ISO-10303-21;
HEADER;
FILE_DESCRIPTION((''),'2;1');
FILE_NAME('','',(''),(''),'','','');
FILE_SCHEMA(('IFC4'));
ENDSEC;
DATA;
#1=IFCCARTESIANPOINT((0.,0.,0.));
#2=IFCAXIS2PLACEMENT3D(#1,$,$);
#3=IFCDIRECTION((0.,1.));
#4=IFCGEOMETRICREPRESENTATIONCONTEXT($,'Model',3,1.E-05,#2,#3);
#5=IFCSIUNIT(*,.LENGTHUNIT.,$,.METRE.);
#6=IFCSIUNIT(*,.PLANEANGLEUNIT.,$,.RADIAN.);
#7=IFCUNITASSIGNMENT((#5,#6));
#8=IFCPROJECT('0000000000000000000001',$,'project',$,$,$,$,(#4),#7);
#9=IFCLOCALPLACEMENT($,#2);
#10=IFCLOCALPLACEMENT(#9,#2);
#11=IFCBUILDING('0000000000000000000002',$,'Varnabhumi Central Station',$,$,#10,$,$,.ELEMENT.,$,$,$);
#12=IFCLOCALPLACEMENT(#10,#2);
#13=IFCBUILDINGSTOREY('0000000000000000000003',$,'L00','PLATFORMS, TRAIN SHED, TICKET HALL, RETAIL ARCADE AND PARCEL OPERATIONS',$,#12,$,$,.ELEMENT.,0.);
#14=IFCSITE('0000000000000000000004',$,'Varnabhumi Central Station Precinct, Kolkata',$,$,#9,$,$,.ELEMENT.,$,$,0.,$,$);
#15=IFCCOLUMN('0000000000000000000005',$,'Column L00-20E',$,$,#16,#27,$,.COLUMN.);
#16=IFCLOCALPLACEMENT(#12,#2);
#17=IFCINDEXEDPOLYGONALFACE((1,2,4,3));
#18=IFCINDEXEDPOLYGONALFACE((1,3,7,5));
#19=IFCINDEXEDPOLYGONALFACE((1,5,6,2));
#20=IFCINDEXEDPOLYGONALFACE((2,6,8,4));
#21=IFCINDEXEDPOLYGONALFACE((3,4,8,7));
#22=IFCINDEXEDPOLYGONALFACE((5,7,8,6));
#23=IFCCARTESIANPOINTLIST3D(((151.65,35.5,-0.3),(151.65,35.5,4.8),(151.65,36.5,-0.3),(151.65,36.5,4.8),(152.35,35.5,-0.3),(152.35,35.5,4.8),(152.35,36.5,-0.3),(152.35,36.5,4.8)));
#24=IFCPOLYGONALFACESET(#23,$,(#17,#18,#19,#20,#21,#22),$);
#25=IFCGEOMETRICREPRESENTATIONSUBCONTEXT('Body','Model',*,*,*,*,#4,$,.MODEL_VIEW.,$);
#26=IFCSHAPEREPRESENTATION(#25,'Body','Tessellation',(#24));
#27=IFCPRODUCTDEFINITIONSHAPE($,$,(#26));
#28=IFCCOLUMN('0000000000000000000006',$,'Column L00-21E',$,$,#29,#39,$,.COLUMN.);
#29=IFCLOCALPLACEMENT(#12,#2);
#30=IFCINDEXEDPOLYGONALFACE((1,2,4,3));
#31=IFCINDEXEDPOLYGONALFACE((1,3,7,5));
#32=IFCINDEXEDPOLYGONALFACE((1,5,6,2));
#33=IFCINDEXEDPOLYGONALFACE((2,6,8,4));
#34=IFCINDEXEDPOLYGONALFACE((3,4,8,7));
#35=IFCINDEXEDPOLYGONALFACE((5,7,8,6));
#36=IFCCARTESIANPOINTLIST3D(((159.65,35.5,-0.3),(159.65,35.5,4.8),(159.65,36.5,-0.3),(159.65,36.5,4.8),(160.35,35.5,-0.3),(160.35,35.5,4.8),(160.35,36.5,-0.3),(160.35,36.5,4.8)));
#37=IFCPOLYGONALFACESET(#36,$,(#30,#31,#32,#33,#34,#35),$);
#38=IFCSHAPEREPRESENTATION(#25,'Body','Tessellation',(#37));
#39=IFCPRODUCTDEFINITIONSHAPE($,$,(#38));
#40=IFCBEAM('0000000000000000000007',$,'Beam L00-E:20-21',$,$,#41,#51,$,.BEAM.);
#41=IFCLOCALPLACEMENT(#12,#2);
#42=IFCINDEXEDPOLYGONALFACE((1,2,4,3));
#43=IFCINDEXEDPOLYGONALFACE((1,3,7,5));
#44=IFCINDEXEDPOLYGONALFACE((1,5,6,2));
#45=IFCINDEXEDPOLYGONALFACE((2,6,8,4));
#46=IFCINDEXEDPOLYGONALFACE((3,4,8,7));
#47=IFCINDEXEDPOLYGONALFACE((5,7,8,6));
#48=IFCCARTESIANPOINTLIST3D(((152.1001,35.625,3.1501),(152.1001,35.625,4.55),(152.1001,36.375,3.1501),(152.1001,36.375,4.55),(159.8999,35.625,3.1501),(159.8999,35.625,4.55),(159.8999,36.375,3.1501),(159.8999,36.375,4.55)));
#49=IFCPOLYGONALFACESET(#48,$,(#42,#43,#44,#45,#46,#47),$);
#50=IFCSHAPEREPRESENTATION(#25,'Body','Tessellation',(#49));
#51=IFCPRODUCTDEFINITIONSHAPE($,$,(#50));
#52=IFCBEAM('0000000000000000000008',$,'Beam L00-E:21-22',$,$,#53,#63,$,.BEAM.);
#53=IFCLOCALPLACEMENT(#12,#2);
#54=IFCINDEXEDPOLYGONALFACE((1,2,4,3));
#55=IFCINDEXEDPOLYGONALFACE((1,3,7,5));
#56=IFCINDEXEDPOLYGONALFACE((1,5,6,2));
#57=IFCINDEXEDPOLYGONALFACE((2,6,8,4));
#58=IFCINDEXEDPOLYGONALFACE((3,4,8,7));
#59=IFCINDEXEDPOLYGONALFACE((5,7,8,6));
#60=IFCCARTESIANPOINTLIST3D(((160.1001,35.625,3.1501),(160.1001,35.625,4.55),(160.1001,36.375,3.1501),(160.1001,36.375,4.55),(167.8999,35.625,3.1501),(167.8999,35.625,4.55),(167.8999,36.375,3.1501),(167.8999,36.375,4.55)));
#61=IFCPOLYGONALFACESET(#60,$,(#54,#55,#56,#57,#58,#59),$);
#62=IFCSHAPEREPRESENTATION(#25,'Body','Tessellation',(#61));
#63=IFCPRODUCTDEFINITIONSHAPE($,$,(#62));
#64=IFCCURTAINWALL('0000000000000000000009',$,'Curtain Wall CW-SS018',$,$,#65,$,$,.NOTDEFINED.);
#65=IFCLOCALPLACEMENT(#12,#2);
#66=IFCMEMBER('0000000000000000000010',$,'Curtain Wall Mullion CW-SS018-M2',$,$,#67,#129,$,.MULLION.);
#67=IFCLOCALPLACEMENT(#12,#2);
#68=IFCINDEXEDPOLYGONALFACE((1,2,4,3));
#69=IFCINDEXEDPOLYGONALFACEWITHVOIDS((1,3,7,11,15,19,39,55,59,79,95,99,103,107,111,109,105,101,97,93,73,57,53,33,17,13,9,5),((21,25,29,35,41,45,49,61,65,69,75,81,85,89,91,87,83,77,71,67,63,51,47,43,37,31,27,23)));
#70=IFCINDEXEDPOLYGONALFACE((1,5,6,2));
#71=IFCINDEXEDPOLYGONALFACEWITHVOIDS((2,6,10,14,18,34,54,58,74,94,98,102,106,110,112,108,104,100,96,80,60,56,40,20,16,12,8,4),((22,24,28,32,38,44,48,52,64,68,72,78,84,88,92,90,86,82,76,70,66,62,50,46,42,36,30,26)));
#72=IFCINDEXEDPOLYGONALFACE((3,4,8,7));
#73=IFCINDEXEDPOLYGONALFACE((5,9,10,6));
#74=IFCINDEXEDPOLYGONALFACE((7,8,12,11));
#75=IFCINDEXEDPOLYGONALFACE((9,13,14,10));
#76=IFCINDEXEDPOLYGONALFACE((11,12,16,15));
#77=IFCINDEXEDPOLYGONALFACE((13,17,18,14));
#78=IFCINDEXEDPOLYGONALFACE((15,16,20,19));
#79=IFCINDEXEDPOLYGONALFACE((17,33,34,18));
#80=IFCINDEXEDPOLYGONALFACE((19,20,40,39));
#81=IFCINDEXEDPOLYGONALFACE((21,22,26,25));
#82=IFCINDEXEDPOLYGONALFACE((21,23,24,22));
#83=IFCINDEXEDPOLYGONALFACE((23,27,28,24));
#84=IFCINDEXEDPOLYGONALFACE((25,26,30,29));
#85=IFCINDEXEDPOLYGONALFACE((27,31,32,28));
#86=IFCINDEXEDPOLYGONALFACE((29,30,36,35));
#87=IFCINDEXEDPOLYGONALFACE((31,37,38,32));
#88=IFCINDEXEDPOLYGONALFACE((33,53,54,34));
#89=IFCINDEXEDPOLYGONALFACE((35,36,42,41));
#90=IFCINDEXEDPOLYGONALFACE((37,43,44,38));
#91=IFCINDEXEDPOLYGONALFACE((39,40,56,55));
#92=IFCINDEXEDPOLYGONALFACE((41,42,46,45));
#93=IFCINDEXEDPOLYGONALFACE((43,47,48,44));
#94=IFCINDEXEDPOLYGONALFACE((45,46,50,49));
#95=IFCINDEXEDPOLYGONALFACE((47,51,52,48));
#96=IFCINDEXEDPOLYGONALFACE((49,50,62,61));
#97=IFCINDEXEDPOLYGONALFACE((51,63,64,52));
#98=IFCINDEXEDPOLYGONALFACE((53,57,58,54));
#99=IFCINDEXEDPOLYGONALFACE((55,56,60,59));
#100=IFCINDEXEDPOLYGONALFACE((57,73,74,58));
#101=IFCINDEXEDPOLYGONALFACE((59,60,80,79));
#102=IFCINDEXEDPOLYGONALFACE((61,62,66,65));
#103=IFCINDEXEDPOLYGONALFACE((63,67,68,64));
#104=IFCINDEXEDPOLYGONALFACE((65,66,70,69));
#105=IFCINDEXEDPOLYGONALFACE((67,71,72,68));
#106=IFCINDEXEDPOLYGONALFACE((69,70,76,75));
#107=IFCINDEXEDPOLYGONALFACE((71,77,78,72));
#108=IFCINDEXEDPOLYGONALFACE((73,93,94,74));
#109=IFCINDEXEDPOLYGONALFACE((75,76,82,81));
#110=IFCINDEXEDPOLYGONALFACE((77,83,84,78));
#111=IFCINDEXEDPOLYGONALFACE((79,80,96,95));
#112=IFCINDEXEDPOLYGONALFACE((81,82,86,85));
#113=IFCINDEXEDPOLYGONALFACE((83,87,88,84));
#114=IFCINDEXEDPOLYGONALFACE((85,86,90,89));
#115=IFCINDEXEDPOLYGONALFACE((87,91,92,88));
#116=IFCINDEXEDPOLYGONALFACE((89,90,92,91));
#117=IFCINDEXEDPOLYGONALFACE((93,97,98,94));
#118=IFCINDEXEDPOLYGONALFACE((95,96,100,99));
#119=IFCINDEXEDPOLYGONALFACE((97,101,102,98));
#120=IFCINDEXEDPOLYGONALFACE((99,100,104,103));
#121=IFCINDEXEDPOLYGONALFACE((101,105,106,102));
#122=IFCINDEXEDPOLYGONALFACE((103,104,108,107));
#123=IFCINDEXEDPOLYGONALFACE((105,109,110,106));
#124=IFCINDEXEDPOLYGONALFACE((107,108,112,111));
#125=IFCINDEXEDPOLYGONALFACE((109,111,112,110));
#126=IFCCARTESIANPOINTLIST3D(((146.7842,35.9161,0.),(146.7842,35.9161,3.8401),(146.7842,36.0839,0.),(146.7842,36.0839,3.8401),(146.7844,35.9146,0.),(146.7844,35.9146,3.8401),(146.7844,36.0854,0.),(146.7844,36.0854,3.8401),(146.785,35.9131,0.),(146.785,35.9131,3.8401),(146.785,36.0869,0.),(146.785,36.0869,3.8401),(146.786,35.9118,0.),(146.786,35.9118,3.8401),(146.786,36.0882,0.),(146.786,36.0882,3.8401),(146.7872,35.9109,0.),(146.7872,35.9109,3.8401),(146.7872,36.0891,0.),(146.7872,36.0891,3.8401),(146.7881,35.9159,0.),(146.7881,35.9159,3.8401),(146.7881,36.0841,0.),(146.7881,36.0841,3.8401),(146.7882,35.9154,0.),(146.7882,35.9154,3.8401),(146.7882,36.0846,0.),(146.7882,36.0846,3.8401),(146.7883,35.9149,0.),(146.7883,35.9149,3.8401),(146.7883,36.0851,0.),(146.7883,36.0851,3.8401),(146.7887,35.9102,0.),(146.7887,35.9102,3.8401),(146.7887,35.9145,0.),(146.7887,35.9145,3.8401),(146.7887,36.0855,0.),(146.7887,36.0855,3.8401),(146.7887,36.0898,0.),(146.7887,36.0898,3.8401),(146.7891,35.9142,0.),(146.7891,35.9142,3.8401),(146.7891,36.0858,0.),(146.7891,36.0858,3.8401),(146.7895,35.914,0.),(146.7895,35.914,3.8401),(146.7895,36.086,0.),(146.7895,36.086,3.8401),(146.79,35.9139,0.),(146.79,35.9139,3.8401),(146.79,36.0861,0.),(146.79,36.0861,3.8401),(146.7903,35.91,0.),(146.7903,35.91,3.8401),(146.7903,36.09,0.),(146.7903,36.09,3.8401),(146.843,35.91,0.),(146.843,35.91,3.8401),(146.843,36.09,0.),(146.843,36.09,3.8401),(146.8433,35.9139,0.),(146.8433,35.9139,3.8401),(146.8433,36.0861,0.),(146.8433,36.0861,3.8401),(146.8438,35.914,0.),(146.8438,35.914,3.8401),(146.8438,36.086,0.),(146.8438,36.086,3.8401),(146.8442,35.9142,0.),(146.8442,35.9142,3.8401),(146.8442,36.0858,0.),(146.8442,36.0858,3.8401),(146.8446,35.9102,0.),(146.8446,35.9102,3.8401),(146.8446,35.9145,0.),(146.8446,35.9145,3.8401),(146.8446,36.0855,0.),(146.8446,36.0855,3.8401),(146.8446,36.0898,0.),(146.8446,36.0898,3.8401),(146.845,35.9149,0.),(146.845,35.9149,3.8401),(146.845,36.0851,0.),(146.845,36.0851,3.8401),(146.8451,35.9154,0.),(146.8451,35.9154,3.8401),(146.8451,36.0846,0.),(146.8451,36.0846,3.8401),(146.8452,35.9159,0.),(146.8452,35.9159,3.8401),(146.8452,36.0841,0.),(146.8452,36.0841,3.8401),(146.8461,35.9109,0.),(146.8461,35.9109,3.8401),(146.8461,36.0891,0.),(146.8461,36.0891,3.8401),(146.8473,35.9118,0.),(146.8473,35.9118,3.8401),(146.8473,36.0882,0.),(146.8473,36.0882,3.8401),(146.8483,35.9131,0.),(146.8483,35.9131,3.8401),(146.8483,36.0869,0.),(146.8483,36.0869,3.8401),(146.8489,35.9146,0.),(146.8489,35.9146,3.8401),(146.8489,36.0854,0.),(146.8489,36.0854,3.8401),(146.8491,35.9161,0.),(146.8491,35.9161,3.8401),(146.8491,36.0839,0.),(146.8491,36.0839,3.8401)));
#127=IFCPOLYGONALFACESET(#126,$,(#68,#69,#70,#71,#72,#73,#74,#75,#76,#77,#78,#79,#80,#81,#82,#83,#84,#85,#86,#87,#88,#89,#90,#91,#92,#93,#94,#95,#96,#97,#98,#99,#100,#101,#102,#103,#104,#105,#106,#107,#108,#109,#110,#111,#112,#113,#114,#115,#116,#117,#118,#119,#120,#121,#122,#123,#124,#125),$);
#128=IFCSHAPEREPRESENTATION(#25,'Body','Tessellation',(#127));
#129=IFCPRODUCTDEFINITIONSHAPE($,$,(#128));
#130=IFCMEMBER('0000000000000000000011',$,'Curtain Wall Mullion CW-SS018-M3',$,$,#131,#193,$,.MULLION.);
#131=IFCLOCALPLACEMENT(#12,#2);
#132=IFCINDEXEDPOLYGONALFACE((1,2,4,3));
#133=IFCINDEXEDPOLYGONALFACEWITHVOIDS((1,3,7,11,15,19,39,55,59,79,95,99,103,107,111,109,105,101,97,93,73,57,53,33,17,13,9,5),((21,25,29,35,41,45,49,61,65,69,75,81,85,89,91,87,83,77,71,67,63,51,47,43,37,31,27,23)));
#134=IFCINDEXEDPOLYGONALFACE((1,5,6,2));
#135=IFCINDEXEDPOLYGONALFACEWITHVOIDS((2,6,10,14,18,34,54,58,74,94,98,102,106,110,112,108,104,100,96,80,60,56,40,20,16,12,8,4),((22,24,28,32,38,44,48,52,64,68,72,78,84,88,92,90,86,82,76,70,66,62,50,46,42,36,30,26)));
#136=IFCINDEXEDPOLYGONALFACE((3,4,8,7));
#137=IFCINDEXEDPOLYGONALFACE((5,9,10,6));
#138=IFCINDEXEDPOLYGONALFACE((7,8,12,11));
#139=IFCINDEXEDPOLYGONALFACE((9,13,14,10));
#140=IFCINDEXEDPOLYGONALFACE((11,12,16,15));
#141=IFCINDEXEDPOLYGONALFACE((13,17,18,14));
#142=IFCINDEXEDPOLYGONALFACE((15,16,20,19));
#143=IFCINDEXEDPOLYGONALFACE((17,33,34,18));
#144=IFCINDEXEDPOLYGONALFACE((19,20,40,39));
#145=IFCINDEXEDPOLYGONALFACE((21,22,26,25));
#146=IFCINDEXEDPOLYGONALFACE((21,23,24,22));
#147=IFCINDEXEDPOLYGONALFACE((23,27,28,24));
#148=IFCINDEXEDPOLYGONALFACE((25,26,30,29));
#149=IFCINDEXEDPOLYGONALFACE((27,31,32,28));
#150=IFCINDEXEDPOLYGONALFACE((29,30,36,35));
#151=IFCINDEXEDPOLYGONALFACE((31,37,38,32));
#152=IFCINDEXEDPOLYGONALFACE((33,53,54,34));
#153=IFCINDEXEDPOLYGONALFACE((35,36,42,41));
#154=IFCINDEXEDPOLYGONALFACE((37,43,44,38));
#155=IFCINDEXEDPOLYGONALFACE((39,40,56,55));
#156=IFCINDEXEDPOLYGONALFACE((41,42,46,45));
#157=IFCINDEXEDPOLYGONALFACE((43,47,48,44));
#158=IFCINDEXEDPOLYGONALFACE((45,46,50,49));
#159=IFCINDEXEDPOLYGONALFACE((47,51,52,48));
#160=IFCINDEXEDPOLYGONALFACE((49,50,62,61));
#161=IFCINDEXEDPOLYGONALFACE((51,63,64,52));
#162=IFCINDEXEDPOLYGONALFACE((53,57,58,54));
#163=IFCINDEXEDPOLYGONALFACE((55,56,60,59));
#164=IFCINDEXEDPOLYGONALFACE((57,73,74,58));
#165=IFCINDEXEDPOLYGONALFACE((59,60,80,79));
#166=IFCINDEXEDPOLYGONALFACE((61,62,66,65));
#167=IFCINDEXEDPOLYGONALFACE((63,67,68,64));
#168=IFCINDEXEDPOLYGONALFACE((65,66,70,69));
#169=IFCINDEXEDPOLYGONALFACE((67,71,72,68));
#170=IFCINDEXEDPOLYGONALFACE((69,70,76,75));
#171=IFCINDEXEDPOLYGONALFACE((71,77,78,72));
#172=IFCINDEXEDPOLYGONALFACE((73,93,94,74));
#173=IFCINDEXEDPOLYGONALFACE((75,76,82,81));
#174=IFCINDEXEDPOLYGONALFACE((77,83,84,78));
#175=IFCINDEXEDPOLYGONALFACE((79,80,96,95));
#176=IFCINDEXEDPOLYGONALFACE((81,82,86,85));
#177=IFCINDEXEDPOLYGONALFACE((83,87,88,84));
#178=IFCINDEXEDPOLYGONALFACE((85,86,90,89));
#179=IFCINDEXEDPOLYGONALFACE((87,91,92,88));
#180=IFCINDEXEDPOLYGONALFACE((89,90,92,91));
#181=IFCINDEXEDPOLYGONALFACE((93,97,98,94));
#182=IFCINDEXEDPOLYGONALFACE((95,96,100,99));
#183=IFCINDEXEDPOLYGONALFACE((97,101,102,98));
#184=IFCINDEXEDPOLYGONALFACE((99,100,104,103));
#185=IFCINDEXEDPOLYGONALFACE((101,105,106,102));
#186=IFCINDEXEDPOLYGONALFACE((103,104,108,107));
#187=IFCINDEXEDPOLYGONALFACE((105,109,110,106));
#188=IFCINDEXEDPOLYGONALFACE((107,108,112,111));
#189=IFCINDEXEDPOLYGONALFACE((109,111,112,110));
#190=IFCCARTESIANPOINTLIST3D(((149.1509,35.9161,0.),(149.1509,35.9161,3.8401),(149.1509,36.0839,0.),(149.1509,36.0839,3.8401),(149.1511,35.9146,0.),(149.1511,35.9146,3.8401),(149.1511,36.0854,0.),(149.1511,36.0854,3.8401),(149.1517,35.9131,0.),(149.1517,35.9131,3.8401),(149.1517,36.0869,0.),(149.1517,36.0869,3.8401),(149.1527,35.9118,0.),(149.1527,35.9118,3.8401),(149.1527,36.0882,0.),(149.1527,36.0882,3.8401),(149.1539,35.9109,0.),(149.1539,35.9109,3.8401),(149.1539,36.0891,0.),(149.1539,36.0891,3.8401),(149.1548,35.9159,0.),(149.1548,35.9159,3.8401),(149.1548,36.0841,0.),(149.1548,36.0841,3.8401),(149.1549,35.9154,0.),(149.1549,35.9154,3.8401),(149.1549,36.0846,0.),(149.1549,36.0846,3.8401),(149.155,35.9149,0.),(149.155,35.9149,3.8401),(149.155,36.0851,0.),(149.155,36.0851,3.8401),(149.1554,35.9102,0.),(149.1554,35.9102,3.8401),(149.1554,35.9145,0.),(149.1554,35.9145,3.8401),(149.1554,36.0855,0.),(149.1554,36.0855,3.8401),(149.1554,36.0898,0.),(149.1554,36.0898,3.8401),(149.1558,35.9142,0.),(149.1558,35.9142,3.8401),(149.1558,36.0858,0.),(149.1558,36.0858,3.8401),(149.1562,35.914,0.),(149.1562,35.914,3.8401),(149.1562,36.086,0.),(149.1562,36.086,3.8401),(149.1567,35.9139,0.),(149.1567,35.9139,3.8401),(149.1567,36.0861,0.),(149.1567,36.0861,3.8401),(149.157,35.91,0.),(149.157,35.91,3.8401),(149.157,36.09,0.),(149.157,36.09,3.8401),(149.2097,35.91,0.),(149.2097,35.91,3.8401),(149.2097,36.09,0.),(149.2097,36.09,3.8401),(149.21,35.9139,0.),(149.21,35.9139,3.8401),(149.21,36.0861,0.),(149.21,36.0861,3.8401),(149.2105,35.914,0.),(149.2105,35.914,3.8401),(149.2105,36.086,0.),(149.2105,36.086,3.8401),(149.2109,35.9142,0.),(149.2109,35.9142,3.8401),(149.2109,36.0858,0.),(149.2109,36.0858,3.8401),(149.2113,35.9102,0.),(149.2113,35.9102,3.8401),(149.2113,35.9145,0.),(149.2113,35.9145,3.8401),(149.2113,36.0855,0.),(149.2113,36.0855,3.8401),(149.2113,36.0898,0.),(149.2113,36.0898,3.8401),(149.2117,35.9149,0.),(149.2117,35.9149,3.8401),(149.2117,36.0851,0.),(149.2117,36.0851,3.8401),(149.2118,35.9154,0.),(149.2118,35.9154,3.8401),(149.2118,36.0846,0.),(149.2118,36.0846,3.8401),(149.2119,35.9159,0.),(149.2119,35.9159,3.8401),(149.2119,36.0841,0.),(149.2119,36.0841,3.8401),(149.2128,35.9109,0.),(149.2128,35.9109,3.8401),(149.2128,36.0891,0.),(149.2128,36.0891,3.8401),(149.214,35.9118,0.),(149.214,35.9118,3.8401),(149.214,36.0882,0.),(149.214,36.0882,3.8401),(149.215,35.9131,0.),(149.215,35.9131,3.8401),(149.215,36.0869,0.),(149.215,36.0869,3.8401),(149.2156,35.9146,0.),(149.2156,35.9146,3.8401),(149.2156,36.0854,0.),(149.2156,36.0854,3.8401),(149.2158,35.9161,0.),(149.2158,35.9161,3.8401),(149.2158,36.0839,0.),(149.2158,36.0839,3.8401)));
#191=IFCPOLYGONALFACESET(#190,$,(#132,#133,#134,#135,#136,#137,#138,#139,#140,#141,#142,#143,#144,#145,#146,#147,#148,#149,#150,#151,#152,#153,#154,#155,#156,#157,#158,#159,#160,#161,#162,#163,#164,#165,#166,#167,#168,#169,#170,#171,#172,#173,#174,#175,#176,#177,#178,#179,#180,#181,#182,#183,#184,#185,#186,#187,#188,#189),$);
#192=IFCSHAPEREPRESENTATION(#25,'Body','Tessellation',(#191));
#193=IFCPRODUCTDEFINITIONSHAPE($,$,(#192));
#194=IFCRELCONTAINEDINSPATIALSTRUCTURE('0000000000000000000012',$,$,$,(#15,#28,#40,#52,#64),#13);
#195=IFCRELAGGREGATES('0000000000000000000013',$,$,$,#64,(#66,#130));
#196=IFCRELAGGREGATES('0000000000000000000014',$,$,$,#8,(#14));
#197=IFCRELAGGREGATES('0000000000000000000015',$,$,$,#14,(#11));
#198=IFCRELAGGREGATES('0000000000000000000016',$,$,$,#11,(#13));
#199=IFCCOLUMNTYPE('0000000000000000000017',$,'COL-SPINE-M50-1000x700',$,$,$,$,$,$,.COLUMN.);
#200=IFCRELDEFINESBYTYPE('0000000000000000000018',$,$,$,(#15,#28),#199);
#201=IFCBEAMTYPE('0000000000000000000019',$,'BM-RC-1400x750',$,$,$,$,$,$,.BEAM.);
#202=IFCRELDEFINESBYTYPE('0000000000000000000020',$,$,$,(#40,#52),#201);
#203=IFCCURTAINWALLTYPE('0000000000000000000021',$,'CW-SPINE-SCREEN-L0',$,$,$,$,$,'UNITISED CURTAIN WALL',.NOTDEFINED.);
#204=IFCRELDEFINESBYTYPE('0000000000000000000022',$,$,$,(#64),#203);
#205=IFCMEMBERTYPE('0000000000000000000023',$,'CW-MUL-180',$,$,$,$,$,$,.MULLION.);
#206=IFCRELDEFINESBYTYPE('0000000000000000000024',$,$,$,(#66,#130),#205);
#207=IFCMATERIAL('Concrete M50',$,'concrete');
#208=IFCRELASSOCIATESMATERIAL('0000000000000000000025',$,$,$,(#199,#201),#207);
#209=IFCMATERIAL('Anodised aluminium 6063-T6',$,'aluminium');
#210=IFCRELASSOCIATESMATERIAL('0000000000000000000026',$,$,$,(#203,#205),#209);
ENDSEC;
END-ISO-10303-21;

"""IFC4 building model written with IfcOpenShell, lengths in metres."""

from ifc_helpers import new_model, si_unit, direction, frame, origin, origin_2d, place, context, subcontext, project, spatial, rectangle, hollow_rectangle, extrude, material, material_profile, profile_set, type_object, element, aggregate, save


model = new_model("IFC4")

# Units and contexts
model_context = context("Model", 3, precision=1e-05, world=origin(), true_north=direction((0.0, 1.0)))
body_context = subcontext(model_context, "Body", "Model", "MODEL_VIEW")
ifc_project = project(units=[si_unit("LENGTHUNIT", "METRE"), si_unit("PLANEANGLEUNIT", "RADIAN")], contexts=[model_context])

# Site, building, storey
site_placement = place(None, origin())
site = spatial("IfcSite", under=ifc_project, at=site_placement, Name="Varnabhumi Central Station Precinct, Kolkata", CompositionType="ELEMENT", RefElevation=0.0)
building_placement = place(site_placement, origin())
building = spatial("IfcBuilding", under=site, at=building_placement, Name="Varnabhumi Central Station", CompositionType="ELEMENT")
storey_placement = place(building_placement, origin())
storey = spatial("IfcBuildingStorey", under=building, at=storey_placement, Name="L00", Description="PLATFORMS, TRAIN SHED, TICKET HALL, RETAIL ARCADE AND PARCEL OPERATIONS", CompositionType="ELEMENT", Elevation=0.0)

# Columns
ifc_material_1 = material(Name="Concrete M50", Category="concrete")
ifc_material_profile_1 = material_profile(ifc_material_1, rectangle(XDim=0.7, YDim=1.0, at=origin_2d()), Name="Concrete M50", Category="concrete")
ifc_profile_set_1 = profile_set([ifc_material_profile_1], Name="Concrete M50")
column_type = type_object("IfcColumnType", Name="COL-SPINE-M50-1000x700", PredefinedType="COLUMN", material=ifc_profile_set_1)
for number, where, z_axis, x_axis, name in (
    (1, (152.0, 36.0, -0.3), (0.0, 0.0, 1.0), (1.0, 0.0, 0.0), "Column L00-20E"),
    (2, (160.0, 36.0, -0.3), (0.0, 0.0, 1.0), (1.0, 0.0, 0.0), "Column L00-21E"),
):
    element("IfcColumn", number, at=place(storey_placement, frame(where, z_axis=z_axis, x_axis=x_axis)), inside=storey, type_object=column_type, Name=name, PredefinedType="COLUMN", context=body_context, shape_type="SweptSolid", body=[
        extrude(rectangle(XDim=0.7, YDim=1.0, at=origin_2d()), origin(), (0.0, 0.0, 1.0), 5.1001),
    ])

# Beams
ifc_material_profile_2 = material_profile(ifc_material_1, rectangle(XDim=0.75, YDim=1.3999, at=origin_2d()), Name="Concrete M50", Category="concrete")
ifc_profile_set_2 = profile_set([ifc_material_profile_2], Name="Concrete M50")
beam_type = type_object("IfcBeamType", Name="BM-RC-1400x750", PredefinedType="BEAM", material=ifc_profile_set_2)
for number, where, z_axis, x_axis, name in (
    (3, (152.1001, 36.0, 3.8501), (1.0, 0.0, 0.0), (0.0, 1.0, 0.0), "Beam L00-E:20-21"),
    (4, (160.1001, 36.0, 3.8501), (1.0, 0.0, 0.0), (0.0, 1.0, 0.0), "Beam L00-E:21-22"),
):
    element("IfcBeam", number, at=place(storey_placement, frame(where, z_axis=z_axis, x_axis=x_axis)), inside=storey, type_object=beam_type, Name=name, PredefinedType="BEAM", context=body_context, shape_type="SweptSolid", body=[
        extrude(rectangle(XDim=0.75, YDim=1.3999, at=origin_2d()), origin(), (0.0, 0.0, 1.0), 7.7998),
    ])

# Curtain wall, members
ifc_material_2 = material(Name="Anodised aluminium 6063-T6", Category="aluminium")
curtain_wall_type = type_object("IfcCurtainWallType", Name="CW-SPINE-SCREEN-L0", ElementType="UNITISED CURTAIN WALL", PredefinedType="NOTDEFINED", material=ifc_material_2)
curtain_wall_placement = place(storey_placement, origin())
curtain_wall = element("IfcCurtainWall", 5, at=curtain_wall_placement, inside=storey, type_object=curtain_wall_type, Name="Curtain Wall CW-SS018", PredefinedType="NOTDEFINED")
ifc_material_profile_3 = material_profile(ifc_material_2, hollow_rectangle(XDim=0.0649, YDim=0.1799, WallThickness=0.0039, InnerFilletRadius=0.002, OuterFilletRadius=0.0061, at=origin_2d()), Name="Anodised aluminium 6063-T6", Category="aluminium")
ifc_profile_set_3 = profile_set([ifc_material_profile_3], Name="Anodised aluminium 6063-T6")
member_type = type_object("IfcMemberType", Name="CW-MUL-180", PredefinedType="MULLION", material=ifc_profile_set_3)
member_1_placement = place(storey_placement, frame((146.8167, 36.0, 0.0), z_axis=(0.0, 0.0, 1.0), x_axis=(1.0, 0.0, 0.0)))
member_1 = element("IfcMember", 6, at=member_1_placement, type_object=member_type, Name="Curtain Wall Mullion CW-SS018-M2", PredefinedType="MULLION", context=body_context, shape_type="SweptSolid", body=[
    extrude(hollow_rectangle(XDim=0.0649, YDim=0.1799, WallThickness=0.0039, InnerFilletRadius=0.002, OuterFilletRadius=0.0061, at=origin_2d()), origin(), (0.0, 0.0, 1.0), 3.8401),
])
member_2_placement = place(storey_placement, frame((149.1833, 36.0, 0.0), z_axis=(0.0, 0.0, 1.0), x_axis=(1.0, 0.0, 0.0)))
member_2 = element("IfcMember", 7, at=member_2_placement, type_object=member_type, Name="Curtain Wall Mullion CW-SS018-M3", PredefinedType="MULLION", context=body_context, shape_type="SweptSolid", body=[
    extrude(hollow_rectangle(XDim=0.0649, YDim=0.1799, WallThickness=0.0039, InnerFilletRadius=0.002, OuterFilletRadius=0.0061, at=origin_2d()), origin(), (0.0, 0.0, 1.0), 3.8401),
])
aggregate(curtain_wall, [member_1, member_2])

save(model, "model.ifc")
